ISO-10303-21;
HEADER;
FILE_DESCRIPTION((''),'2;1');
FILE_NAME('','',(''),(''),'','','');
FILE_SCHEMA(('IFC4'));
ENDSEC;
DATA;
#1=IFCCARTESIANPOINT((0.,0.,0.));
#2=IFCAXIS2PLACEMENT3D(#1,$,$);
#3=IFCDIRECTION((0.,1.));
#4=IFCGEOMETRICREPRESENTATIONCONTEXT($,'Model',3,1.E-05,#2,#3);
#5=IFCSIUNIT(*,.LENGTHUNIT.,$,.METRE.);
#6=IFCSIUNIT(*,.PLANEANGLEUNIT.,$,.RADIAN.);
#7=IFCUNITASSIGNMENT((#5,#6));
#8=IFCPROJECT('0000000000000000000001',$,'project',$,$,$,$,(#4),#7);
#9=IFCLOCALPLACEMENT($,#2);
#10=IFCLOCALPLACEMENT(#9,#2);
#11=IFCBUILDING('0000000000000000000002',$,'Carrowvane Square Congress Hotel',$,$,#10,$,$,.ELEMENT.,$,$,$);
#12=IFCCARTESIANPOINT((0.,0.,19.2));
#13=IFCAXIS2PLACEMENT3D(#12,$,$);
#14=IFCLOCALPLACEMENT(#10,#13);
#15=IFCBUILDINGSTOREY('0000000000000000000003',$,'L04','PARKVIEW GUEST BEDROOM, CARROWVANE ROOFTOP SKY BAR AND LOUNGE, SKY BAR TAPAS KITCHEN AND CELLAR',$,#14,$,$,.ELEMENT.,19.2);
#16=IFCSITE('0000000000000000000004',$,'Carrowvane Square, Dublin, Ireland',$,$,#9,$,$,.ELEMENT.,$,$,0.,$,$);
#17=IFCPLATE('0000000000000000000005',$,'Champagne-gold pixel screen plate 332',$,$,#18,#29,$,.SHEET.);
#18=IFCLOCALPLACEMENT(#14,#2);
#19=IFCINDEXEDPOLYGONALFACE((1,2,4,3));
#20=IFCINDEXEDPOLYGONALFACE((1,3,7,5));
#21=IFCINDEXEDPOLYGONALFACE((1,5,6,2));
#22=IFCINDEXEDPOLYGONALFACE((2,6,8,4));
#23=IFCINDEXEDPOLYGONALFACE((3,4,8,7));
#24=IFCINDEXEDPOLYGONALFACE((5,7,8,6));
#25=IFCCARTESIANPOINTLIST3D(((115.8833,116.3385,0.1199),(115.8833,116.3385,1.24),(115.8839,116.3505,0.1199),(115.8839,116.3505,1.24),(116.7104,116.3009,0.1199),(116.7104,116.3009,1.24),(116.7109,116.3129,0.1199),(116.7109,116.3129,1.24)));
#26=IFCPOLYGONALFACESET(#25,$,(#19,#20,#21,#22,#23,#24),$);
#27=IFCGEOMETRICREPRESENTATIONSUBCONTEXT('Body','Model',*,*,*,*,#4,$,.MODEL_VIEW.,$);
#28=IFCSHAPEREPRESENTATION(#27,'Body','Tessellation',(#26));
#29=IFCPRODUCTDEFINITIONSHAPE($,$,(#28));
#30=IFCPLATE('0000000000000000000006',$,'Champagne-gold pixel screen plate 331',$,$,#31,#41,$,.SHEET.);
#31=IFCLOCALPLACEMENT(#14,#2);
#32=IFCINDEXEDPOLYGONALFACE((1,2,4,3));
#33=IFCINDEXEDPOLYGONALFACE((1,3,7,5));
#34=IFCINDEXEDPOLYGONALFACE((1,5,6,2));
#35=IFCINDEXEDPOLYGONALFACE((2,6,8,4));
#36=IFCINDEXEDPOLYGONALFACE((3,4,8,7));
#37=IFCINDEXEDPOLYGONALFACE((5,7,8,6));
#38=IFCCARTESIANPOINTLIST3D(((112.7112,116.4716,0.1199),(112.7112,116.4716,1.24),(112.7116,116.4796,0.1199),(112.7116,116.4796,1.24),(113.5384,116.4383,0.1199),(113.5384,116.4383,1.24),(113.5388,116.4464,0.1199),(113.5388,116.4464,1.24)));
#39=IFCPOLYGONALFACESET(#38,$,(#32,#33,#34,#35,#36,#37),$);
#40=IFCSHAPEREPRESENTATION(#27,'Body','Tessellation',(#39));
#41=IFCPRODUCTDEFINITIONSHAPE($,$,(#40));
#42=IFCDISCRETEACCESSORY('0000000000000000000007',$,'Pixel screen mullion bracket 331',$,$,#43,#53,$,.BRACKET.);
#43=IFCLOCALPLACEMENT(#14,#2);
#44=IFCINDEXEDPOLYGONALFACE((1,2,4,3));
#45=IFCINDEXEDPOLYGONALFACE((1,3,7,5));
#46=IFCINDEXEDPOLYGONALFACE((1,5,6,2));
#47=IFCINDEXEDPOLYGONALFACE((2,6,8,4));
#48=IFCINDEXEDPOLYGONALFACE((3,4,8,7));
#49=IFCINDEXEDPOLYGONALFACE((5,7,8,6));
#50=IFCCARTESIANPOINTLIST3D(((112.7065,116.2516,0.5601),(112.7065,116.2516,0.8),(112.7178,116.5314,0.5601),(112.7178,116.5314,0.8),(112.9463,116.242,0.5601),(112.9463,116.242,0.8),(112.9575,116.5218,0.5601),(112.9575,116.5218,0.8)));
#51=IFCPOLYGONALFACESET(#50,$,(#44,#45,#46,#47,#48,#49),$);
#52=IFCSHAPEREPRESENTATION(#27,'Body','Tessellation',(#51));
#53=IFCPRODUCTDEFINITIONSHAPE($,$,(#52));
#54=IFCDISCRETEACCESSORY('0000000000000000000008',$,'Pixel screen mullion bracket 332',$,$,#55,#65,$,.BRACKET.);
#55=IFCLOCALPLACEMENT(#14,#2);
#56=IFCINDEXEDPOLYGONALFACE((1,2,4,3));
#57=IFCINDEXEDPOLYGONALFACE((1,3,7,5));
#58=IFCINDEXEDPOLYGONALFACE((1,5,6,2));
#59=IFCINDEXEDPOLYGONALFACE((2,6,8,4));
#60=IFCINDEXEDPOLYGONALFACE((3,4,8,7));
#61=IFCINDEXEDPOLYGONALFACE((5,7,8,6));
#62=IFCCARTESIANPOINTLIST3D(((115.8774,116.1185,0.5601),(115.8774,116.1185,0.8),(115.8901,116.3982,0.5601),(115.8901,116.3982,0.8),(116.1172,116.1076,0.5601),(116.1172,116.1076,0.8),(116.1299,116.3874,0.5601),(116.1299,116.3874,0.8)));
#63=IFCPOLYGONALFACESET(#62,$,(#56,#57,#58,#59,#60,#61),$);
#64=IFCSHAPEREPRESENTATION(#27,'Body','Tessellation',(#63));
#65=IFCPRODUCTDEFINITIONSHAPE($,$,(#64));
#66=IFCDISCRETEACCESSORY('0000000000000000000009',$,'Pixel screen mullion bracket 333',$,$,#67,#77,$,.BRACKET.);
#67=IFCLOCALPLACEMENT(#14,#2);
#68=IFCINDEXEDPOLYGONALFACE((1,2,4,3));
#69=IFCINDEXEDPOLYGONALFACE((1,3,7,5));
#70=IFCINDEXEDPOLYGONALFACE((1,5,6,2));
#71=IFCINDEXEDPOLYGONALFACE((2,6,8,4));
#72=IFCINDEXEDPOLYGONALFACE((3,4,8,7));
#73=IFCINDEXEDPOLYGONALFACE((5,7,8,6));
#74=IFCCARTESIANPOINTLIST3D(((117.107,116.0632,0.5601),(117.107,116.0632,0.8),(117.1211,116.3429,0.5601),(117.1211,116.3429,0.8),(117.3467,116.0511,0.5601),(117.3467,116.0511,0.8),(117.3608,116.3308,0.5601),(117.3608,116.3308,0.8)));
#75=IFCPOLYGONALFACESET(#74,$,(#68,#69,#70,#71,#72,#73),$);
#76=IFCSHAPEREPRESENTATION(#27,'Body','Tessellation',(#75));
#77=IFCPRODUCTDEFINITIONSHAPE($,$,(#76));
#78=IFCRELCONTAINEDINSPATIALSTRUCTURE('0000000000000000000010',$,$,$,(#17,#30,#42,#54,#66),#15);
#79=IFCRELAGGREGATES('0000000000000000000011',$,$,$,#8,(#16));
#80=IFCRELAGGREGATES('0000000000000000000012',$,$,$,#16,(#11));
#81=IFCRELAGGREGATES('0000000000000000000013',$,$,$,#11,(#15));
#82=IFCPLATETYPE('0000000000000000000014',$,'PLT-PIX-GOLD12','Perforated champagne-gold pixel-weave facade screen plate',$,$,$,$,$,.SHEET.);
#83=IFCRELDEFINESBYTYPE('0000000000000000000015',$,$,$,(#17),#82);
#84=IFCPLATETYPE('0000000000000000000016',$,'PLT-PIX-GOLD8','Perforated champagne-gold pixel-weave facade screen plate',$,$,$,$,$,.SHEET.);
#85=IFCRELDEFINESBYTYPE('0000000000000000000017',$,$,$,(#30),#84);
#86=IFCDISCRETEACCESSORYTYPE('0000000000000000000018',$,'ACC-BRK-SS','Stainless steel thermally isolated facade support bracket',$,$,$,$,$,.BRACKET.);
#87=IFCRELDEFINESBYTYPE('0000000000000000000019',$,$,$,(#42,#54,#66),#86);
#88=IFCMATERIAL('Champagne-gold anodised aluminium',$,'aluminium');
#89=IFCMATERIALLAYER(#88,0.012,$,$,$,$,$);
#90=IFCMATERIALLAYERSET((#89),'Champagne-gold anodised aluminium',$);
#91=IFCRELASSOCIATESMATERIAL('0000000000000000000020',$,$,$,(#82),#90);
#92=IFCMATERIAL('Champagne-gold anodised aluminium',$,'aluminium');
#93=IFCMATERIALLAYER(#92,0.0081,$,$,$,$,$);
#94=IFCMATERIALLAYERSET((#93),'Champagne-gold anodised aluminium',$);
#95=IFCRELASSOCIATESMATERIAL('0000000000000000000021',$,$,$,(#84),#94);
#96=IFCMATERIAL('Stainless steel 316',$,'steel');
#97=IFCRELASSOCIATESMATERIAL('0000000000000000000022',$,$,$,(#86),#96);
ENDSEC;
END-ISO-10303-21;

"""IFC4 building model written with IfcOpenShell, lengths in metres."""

from ifc_helpers import new_model, si_unit, direction, frame, origin, origin_2d, place, context, subcontext, project, spatial, rectangle, extrude, material, layer, layer_set, type_object, element, save


model = new_model("IFC4")

# Units and contexts
model_context = context("Model", 3, precision=1e-05, world=origin(), true_north=direction((0.0, 1.0)))
body_context = subcontext(model_context, "Body", "Model", "MODEL_VIEW")
ifc_project = project(units=[si_unit("LENGTHUNIT", "METRE"), si_unit("PLANEANGLEUNIT", "RADIAN")], contexts=[model_context])

# Site, building, storey
site_placement = place(None, origin())
site = spatial("IfcSite", under=ifc_project, at=site_placement, Name="Carrowvane Square, Dublin, Ireland", CompositionType="ELEMENT", RefElevation=0.0)
building_placement = place(site_placement, origin())
building = spatial("IfcBuilding", under=site, at=building_placement, Name="Carrowvane Square Congress Hotel", CompositionType="ELEMENT")
storey_placement = place(building_placement, frame((0.0, 0.0, 19.2)))
storey = spatial("IfcBuildingStorey", under=building, at=storey_placement, Name="L04", Description="PARKVIEW GUEST BEDROOM, CARROWVANE ROOFTOP SKY BAR AND LOUNGE, SKY BAR TAPAS KITCHEN AND CELLAR", CompositionType="ELEMENT", Elevation=19.2)

# Plates
ifc_material_1 = material(Name="Champagne-gold anodised aluminium", Category="aluminium")
ifc_layer_1 = layer(ifc_material_1, 0.012)
ifc_layer_set_1 = layer_set([ifc_layer_1], Name="Champagne-gold anodised aluminium")
plate_type_1 = type_object("IfcPlateType", Name="PLT-PIX-GOLD12", Description="Perforated champagne-gold pixel-weave facade screen plate", PredefinedType="SHEET", material=ifc_layer_set_1)
plate_1_placement = place(storey_placement, frame((116.2971, 116.3257, 0.1199), z_axis=(0.0, 0.0, 1.0), x_axis=(0.998968, -0.045414, 0.0)))
element("IfcPlate", 1, at=plate_1_placement, inside=storey, type_object=plate_type_1, Name="Champagne-gold pixel screen plate 332", PredefinedType="SHEET", context=body_context, shape_type="SweptSolid", body=[
    extrude(rectangle(XDim=0.8279, YDim=0.012, at=origin_2d()), origin(), (0.0, 0.0, 1.0), 1.1201),
])
ifc_material_2 = material(Name="Champagne-gold anodised aluminium", Category="aluminium")
ifc_layer_2 = layer(ifc_material_2, 0.0081)
ifc_layer_set_2 = layer_set([ifc_layer_2], Name="Champagne-gold anodised aluminium")
plate_type_2 = type_object("IfcPlateType", Name="PLT-PIX-GOLD8", Description="Perforated champagne-gold pixel-weave facade screen plate", PredefinedType="SHEET", material=ifc_layer_set_2)
plate_2_placement = place(storey_placement, frame((113.125, 116.459, 0.1199), z_axis=(0.0, 0.0, 1.0), x_axis=(0.999194, -0.040134, 0.0)))
element("IfcPlate", 2, at=plate_2_placement, inside=storey, type_object=plate_type_2, Name="Champagne-gold pixel screen plate 331", PredefinedType="SHEET", context=body_context, shape_type="SweptSolid", body=[
    extrude(rectangle(XDim=0.8279, YDim=0.0081, at=origin_2d()), origin(), (0.0, 0.0, 1.0), 1.1201),
])

# Discrete accessories
ifc_material_3 = material(Name="Stainless steel 316", Category="steel")
discrete_accessory_type = type_object("IfcDiscreteAccessoryType", Name="ACC-BRK-SS", Description="Stainless steel thermally isolated facade support bracket", PredefinedType="BRACKET", material=ifc_material_3)
for number, where, z_axis, x_axis, name in (
    (3, (112.832, 116.3867, 0.5601), (0.0, 0.0, 1.0), (0.999194, -0.040134, 0.0), "Pixel screen mullion bracket 331"),
    (4, (116.0037, 116.2529, 0.5601), (0.0, 0.0, 1.0), (0.998968, -0.045414, 0.0), "Pixel screen mullion bracket 332"),
    (5, (117.2339, 116.197, 0.5601), (0.0, 0.0, 1.0), (0.998733, -0.050322, 0.0), "Pixel screen mullion bracket 333"),
):
    element("IfcDiscreteAccessory", number, at=place(storey_placement, frame(where, z_axis=z_axis, x_axis=x_axis)), inside=storey, type_object=discrete_accessory_type, Name=name, PredefinedType="BRACKET", context=body_context, shape_type="SweptSolid", body=[
        extrude(rectangle(XDim=0.24, YDim=0.28, at=origin_2d()), origin(), (0.0, 0.0, 1.0), 0.24),
    ])

save(model, "model.ifc")
